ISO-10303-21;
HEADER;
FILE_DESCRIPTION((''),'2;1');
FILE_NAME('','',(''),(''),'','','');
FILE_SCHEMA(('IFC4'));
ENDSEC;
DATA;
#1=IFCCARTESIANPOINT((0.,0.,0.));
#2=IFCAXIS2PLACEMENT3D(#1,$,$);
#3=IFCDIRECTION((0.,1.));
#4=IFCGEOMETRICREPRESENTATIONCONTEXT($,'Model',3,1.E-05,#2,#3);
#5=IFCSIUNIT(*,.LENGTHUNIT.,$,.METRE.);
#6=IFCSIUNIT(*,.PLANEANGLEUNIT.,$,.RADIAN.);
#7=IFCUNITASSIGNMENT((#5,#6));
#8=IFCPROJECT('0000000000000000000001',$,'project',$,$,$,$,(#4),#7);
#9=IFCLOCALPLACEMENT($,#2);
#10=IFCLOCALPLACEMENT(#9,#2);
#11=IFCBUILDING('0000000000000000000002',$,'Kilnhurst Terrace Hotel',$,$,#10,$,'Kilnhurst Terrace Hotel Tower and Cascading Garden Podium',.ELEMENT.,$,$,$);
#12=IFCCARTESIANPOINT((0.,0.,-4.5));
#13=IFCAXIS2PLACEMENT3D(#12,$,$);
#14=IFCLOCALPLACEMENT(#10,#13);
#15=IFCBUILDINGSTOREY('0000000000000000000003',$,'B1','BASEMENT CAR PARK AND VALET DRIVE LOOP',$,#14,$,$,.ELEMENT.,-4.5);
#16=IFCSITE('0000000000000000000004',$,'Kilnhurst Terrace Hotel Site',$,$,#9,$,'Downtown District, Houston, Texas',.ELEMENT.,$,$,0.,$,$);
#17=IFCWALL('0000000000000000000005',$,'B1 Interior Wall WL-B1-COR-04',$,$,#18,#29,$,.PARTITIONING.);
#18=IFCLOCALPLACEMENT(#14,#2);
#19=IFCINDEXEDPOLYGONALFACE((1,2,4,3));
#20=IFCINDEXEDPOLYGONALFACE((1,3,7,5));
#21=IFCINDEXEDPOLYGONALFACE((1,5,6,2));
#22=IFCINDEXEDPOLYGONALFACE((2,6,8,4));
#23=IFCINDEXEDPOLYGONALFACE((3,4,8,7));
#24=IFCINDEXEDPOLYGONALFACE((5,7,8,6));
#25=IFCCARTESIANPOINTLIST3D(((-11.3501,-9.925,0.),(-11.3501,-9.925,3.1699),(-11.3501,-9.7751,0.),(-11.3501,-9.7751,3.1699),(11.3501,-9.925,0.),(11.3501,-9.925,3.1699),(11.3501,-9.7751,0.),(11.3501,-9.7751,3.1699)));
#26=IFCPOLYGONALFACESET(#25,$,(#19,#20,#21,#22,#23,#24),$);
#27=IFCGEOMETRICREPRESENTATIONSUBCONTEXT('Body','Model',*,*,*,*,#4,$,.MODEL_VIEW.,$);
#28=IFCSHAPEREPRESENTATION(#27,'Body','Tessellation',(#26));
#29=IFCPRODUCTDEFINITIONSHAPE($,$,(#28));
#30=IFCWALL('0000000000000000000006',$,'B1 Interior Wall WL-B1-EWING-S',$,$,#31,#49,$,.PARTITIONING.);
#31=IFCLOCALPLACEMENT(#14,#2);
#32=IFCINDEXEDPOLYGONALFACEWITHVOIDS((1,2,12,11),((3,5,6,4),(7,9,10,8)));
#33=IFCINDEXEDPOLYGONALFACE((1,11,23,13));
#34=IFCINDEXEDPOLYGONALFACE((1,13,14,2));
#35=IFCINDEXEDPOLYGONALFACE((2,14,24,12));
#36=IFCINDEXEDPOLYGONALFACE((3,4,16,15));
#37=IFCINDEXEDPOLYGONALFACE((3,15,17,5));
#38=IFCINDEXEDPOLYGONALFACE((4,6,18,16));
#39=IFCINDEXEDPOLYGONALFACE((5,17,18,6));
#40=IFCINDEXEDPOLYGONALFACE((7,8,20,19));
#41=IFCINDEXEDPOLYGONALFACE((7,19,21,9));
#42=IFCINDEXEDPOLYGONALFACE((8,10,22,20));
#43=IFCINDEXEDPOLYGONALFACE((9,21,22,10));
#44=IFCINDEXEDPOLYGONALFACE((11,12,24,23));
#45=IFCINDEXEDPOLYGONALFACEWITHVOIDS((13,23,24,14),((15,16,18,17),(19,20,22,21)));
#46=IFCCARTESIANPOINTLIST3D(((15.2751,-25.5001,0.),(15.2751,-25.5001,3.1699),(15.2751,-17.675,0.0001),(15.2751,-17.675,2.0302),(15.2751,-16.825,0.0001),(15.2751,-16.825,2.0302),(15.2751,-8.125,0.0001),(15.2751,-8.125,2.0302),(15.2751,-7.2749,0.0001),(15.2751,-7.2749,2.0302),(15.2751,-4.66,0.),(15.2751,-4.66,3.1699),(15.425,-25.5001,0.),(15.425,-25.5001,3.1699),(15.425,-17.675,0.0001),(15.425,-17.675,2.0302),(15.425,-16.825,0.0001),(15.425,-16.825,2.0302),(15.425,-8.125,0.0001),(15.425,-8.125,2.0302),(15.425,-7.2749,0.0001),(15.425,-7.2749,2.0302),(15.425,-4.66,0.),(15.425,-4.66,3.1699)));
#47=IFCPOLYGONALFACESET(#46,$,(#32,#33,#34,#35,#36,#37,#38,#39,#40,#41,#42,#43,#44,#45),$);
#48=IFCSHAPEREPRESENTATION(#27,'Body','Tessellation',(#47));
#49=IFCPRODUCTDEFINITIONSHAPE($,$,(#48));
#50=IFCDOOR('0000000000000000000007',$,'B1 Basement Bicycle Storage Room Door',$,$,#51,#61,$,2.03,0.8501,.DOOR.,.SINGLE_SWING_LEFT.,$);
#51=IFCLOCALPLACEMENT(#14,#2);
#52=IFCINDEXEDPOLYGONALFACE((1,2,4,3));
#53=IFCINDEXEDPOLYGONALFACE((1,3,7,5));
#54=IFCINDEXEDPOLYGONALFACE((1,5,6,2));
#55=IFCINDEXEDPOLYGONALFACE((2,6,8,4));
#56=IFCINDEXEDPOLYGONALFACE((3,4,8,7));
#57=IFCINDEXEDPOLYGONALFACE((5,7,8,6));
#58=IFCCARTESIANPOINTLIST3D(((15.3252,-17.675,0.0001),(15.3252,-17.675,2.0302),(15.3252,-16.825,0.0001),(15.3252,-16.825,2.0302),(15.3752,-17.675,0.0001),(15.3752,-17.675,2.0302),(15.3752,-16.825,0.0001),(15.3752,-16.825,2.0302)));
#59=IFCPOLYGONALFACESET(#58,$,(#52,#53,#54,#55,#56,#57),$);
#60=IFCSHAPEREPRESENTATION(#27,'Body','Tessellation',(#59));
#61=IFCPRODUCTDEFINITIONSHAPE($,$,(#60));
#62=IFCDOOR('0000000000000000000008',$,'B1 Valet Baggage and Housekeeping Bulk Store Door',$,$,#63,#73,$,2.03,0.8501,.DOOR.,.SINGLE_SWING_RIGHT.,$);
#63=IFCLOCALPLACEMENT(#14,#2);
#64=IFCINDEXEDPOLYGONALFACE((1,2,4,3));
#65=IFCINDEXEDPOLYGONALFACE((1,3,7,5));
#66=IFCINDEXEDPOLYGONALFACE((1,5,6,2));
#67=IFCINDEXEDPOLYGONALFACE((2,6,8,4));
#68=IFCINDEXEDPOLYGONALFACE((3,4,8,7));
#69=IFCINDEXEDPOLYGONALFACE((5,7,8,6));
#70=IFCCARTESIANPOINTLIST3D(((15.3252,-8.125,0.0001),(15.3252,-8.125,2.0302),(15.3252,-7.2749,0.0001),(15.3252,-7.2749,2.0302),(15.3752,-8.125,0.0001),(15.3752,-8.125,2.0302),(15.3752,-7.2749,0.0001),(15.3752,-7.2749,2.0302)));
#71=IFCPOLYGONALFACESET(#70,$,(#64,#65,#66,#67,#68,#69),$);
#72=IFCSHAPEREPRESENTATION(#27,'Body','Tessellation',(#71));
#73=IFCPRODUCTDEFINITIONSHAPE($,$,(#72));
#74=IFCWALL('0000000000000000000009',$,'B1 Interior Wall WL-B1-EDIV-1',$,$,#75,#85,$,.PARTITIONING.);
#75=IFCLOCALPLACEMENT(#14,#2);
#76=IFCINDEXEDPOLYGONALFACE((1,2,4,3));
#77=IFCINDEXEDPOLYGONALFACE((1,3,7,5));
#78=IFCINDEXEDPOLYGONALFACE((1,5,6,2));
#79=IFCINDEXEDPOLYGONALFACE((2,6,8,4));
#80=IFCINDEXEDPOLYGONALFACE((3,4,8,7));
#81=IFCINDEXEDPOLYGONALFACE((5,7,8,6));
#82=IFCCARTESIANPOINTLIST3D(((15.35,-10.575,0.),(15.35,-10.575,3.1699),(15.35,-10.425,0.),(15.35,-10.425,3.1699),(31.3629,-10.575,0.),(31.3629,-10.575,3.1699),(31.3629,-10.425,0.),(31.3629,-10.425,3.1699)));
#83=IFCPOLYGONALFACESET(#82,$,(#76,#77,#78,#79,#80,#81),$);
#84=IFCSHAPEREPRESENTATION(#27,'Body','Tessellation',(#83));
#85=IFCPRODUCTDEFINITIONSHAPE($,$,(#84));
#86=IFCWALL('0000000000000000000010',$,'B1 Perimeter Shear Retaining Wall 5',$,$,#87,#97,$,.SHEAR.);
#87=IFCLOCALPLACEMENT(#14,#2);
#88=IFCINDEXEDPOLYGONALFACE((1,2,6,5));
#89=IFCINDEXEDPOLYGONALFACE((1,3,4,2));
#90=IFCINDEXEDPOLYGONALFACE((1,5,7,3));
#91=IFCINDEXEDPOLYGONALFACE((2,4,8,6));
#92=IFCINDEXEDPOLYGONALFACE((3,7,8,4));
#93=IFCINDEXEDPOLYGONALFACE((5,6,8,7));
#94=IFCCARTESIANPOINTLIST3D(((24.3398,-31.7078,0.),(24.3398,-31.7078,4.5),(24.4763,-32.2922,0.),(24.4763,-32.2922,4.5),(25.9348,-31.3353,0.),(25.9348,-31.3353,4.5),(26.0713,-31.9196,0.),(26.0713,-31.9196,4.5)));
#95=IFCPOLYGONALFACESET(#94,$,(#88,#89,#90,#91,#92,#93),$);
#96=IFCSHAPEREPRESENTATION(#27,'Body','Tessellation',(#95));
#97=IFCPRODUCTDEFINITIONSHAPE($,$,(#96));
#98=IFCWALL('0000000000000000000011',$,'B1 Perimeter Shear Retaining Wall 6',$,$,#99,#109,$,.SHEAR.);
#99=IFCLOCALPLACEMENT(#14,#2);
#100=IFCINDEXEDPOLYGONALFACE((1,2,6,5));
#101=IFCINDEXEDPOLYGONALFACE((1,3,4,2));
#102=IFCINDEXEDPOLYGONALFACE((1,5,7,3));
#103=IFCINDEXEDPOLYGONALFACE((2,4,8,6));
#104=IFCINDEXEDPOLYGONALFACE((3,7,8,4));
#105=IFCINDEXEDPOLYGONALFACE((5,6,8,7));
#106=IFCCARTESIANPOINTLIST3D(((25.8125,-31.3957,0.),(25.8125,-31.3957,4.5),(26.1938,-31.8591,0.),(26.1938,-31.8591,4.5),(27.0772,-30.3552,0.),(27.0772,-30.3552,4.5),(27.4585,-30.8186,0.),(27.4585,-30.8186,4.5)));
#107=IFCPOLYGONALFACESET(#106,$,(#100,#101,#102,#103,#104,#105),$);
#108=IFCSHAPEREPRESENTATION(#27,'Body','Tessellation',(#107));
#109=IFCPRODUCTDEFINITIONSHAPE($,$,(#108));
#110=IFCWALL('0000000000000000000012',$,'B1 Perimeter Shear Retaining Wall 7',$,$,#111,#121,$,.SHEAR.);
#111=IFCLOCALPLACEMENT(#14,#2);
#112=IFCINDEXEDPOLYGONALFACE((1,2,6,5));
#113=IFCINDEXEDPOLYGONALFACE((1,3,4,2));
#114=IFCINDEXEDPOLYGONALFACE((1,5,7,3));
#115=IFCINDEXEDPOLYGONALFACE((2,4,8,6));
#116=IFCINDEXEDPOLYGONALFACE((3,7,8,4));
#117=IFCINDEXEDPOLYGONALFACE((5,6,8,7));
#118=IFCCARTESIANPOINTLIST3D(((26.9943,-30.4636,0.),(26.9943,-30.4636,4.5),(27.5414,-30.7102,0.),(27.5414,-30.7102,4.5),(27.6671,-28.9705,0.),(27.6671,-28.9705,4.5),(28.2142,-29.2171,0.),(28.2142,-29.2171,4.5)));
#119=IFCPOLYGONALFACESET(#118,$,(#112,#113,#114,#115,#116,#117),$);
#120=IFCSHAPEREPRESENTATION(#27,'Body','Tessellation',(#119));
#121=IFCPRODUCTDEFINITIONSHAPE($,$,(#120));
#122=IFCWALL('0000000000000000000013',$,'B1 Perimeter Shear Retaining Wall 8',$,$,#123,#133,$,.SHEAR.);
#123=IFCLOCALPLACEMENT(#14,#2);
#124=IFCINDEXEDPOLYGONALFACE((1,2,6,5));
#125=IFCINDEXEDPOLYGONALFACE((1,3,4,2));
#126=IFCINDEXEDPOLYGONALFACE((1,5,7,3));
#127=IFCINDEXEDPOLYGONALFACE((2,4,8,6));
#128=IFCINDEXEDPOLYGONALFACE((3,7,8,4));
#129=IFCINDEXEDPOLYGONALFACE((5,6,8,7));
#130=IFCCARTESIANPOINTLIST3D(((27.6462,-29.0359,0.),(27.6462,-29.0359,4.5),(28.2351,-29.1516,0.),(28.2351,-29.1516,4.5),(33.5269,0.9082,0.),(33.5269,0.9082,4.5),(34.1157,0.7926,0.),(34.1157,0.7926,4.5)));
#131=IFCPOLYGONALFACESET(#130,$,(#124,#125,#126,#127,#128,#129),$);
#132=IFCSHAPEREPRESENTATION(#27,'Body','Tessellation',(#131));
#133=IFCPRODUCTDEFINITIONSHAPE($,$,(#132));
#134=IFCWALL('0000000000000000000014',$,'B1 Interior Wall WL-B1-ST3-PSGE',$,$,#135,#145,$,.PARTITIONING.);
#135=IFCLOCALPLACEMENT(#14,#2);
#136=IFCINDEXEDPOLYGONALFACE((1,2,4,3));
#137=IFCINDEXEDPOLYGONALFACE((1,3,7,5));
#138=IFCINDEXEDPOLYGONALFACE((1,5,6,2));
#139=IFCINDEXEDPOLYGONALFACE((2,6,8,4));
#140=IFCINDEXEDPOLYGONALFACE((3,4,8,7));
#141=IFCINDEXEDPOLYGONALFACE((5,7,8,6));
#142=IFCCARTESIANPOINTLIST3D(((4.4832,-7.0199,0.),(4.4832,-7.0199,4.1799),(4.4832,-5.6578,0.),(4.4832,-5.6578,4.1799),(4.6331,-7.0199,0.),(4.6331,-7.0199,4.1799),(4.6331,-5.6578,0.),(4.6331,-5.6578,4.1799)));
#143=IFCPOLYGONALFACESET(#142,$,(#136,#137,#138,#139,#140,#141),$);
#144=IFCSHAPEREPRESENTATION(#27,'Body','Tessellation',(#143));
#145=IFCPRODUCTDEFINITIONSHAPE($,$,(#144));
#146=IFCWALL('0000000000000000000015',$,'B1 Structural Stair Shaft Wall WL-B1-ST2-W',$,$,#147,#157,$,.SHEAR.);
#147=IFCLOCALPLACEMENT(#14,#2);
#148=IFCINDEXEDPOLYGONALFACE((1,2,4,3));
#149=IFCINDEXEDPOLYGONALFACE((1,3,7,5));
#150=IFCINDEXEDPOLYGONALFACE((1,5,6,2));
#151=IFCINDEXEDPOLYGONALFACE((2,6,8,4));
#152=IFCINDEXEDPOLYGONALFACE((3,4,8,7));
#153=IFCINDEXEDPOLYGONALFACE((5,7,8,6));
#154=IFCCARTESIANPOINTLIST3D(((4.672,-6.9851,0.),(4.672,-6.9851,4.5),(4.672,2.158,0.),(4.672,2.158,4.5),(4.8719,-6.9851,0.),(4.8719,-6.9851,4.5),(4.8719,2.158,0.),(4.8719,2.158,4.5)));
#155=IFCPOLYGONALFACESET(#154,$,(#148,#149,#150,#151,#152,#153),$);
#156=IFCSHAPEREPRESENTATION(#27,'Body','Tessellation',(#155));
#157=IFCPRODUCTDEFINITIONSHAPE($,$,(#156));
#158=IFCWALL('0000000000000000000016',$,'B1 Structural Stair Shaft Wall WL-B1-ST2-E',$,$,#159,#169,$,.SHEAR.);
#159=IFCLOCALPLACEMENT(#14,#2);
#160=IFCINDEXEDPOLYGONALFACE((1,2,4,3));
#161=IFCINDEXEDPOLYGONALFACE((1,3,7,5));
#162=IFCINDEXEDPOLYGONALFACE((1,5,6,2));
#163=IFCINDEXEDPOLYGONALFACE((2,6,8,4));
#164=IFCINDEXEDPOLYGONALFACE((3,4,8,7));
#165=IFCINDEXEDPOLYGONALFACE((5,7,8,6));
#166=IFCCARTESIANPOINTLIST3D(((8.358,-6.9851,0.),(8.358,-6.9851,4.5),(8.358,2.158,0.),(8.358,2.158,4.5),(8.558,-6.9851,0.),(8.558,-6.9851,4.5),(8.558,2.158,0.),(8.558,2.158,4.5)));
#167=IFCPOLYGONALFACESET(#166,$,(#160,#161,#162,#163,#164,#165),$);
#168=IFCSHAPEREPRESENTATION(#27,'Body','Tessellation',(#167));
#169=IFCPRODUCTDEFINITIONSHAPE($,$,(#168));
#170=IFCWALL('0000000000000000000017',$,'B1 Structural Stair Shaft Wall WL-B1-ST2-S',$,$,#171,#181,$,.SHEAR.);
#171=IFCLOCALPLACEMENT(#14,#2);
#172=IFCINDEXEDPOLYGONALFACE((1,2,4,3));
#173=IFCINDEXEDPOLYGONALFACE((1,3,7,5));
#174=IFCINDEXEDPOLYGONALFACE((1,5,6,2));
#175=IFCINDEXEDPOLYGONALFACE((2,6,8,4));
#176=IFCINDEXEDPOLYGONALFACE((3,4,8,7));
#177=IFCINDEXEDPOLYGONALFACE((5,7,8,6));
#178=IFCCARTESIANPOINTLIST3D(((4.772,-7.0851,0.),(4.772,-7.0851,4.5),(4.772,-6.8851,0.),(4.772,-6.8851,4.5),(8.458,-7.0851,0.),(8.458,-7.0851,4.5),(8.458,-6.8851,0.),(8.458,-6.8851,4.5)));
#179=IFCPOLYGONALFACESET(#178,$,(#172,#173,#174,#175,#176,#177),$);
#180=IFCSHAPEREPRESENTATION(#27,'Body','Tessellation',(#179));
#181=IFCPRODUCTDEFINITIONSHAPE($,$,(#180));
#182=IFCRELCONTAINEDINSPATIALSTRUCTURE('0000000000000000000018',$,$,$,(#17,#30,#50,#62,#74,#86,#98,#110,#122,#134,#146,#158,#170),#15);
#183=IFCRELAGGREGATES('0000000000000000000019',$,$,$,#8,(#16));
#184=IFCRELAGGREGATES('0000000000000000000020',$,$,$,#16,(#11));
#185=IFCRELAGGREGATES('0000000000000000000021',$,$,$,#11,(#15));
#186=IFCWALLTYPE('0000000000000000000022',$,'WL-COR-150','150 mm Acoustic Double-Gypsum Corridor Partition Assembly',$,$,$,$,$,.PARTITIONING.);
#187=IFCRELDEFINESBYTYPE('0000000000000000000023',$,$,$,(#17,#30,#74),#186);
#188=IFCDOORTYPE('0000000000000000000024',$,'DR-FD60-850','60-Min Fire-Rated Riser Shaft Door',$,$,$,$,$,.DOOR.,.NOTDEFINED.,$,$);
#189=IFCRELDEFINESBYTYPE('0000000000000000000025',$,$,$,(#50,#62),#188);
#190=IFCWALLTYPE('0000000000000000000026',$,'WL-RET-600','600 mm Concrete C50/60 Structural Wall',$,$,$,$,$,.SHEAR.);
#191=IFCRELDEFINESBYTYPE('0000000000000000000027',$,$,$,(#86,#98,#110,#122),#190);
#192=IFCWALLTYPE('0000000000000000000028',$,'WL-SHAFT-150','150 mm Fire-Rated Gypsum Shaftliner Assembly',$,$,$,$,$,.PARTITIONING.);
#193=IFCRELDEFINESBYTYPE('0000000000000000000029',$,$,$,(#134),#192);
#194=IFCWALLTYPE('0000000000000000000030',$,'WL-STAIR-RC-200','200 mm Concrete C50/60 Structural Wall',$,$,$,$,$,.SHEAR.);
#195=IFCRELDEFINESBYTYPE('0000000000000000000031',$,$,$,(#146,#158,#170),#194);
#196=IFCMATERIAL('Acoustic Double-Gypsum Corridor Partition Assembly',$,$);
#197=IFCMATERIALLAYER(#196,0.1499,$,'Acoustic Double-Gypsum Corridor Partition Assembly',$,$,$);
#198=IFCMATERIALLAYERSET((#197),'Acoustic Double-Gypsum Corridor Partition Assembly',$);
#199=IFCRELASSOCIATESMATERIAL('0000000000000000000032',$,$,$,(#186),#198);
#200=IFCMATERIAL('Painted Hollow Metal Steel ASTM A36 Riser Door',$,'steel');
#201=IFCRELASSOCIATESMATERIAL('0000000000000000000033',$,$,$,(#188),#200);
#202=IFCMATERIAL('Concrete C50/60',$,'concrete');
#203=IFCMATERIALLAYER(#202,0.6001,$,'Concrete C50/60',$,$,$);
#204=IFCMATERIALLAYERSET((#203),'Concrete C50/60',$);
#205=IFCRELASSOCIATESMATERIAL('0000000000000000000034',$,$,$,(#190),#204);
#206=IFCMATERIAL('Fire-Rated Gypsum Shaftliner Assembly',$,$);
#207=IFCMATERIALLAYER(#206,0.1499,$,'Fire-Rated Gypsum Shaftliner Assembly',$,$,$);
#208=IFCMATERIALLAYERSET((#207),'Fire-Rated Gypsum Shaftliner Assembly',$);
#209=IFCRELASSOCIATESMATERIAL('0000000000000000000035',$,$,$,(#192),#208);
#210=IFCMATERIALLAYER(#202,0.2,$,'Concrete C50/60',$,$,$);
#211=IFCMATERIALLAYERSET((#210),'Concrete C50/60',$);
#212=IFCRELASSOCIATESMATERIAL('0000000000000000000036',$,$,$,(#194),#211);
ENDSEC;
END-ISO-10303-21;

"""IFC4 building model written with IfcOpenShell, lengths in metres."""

from ifc_helpers import new_model, si_unit, direction, frame, frame_2d, origin, place, context, subcontext, project, spatial, rectangle, extrude, material, layer, layer_set, type_object, element, fill, save


model = new_model("IFC4")

# Units and contexts
model_context = context("Model", 3, precision=1e-05, world=origin(), true_north=direction((0.0, 1.0)))
body_context = subcontext(model_context, "Body", "Model", "MODEL_VIEW")
ifc_project = project(units=[si_unit("LENGTHUNIT", "METRE"), si_unit("PLANEANGLEUNIT", "RADIAN")], contexts=[model_context])

# Site, building, storey
site_placement = place(None, origin())
site = spatial("IfcSite", under=ifc_project, at=site_placement, Name="Kilnhurst Terrace Hotel Site", LongName="Downtown District, Houston, Texas", CompositionType="ELEMENT", RefElevation=0.0)
building_placement = place(site_placement, origin())
building = spatial("IfcBuilding", under=site, at=building_placement, Name="Kilnhurst Terrace Hotel", LongName="Kilnhurst Terrace Hotel Tower and Cascading Garden Podium", CompositionType="ELEMENT")
storey_placement = place(building_placement, frame((0.0, 0.0, -4.5)))
storey = spatial("IfcBuildingStorey", under=building, at=storey_placement, Name="B1", Description="BASEMENT CAR PARK AND VALET DRIVE LOOP", CompositionType="ELEMENT", Elevation=-4.5)

# Shared definitions
ifc_material_1 = material(Name="Concrete C50/60", Category="concrete")

# Wall
ifc_material_2 = material(Name="Acoustic Double-Gypsum Corridor Partition Assembly")
ifc_layer_1 = layer(ifc_material_2, 0.1499, Name="Acoustic Double-Gypsum Corridor Partition Assembly")
ifc_layer_set_1 = layer_set([ifc_layer_1], Name="Acoustic Double-Gypsum Corridor Partition Assembly")
wall_type_1 = type_object("IfcWallType", Name="WL-COR-150", Description="150 mm Acoustic Double-Gypsum Corridor Partition Assembly", PredefinedType="PARTITIONING", material=ifc_layer_set_1)
wall_1_placement = place(storey_placement, frame((11.3501, -9.8501, 0.0), z_axis=(0.0, 0.0, 1.0), x_axis=(-1.0, 0.0, 0.0)))
element("IfcWall", 1, at=wall_1_placement, inside=storey, type_object=wall_type_1, Name="B1 Interior Wall WL-B1-COR-04", PredefinedType="PARTITIONING", context=body_context, shape_type="SweptSolid", body=[
    extrude(rectangle(XDim=22.7002, YDim=0.1499, at=frame_2d((11.3501, 0.0))), origin(), (0.0, 0.0, 1.0), 3.1699),
])

# Wall, openings, doors
wall_2_placement = place(storey_placement, frame((15.3501, -25.5, 0.0), z_axis=(0.0, 0.0, 1.0), x_axis=(0.0, 1.0, 0.0)))
wall_2 = element("IfcWall", 2, at=wall_2_placement, inside=storey, type_object=wall_type_1, Name="B1 Interior Wall WL-B1-EWING-S", PredefinedType="PARTITIONING", context=body_context, shape_type="SweptSolid", body=[
    extrude(rectangle(XDim=20.8401, YDim=0.1499, at=frame_2d((10.4199, 0.0))), origin(), (0.0, 0.0, 1.0), 3.1699),
])
opening_1_placement = place(wall_2_placement, frame((7.825, 0.0, 0.0)))
opening_1 = element("IfcOpeningElement", 3, at=opening_1_placement, cuts=wall_2, PredefinedType="OPENING", context=body_context, shape_type="SweptSolid", body=[
    extrude(rectangle(XDim=0.8501, YDim=2.03, at=frame_2d((0.425, 1.0151))), frame((0.0, 0.085, 0.0), z_axis=(0.0, -1.0, 0.0), x_axis=(1.0, 0.0, 0.0)), (0.0, 0.0, 1.0), 0.1699),
])
opening_2_placement = place(wall_2_placement, frame((17.375, 0.0, 0.0)))
opening_2 = element("IfcOpeningElement", 4, at=opening_2_placement, cuts=wall_2, PredefinedType="OPENING", context=body_context, shape_type="SweptSolid", body=[
    extrude(rectangle(XDim=0.8501, YDim=2.03, at=frame_2d((0.425, 1.0151))), frame((0.0, 0.085, 0.0), z_axis=(0.0, -1.0, 0.0), x_axis=(1.0, 0.0, 0.0)), (0.0, 0.0, 1.0), 0.1699),
])
ifc_material_3 = material(Name="Painted Hollow Metal Steel ASTM A36 Riser Door", Category="steel")
door_type_1 = type_object("IfcDoorType", Name="DR-FD60-850", Description="60-Min Fire-Rated Riser Shaft Door", OperationType="NOTDEFINED", PredefinedType="DOOR", material=ifc_material_3)
door_1_placement = place(opening_1_placement, origin())
door_1 = element("IfcDoor", 5, at=door_1_placement, inside=storey, type_object=door_type_1, Name="B1 Basement Bicycle Storage Room Door", OperationType="SINGLE_SWING_LEFT", OverallHeight=2.03, OverallWidth=0.8501, PredefinedType="DOOR", context=body_context, shape_type="SweptSolid", body=[
    extrude(rectangle(XDim=0.8501, YDim=2.03, at=frame_2d((0.425, 1.0151))), frame((0.0, 0.0249, 0.0), z_axis=(0.0, -1.0, 0.0), x_axis=(1.0, 0.0, 0.0)), (0.0, 0.0, 1.0), 0.05),
])
fill(opening_1, door_1)
door_2_placement = place(opening_2_placement, origin())
door_2 = element("IfcDoor", 6, at=door_2_placement, inside=storey, type_object=door_type_1, Name="B1 Valet Baggage and Housekeeping Bulk Store Door", OperationType="SINGLE_SWING_RIGHT", OverallHeight=2.03, OverallWidth=0.8501, PredefinedType="DOOR", context=body_context, shape_type="SweptSolid", body=[
    extrude(rectangle(XDim=0.8501, YDim=2.03, at=frame_2d((0.425, 1.0151))), frame((0.0, 0.0249, 0.0), z_axis=(0.0, -1.0, 0.0), x_axis=(1.0, 0.0, 0.0)), (0.0, 0.0, 1.0), 0.05),
])
fill(opening_2, door_2)

# Wall
wall_3_placement = place(storey_placement, frame((15.3501, -10.5, 0.0), z_axis=(0.0, 0.0, 1.0), x_axis=(1.0, 0.0, 0.0)))
element("IfcWall", 7, at=wall_3_placement, inside=storey, type_object=wall_type_1, Name="B1 Interior Wall WL-B1-EDIV-1", PredefinedType="PARTITIONING", context=body_context, shape_type="SweptSolid", body=[
    extrude(rectangle(XDim=16.0129, YDim=0.1499, at=frame_2d((8.0063, 0.0))), origin(), (0.0, 0.0, 1.0), 3.1699),
])

# Walls
ifc_layer_2 = layer(ifc_material_1, 0.6001, Name="Concrete C50/60")
ifc_layer_set_2 = layer_set([ifc_layer_2], Name="Concrete C50/60")
wall_type_2 = type_object("IfcWallType", Name="WL-RET-600", Description="600 mm Concrete C50/60 Structural Wall", PredefinedType="SHEAR", material=ifc_layer_set_2)
wall_4_placement = place(storey_placement, frame((24.4082, -32.0, 0.0), z_axis=(0.0, 0.0, 1.0), x_axis=(0.973787, 0.22746, 0.0)))
element("IfcWall", 8, at=wall_4_placement, inside=storey, type_object=wall_type_2, Name="B1 Perimeter Shear Retaining Wall 5", PredefinedType="SHEAR", context=body_context, shape_type="SweptSolid", body=[
    extrude(rectangle(XDim=1.6379, YDim=0.6001, at=frame_2d((0.8188, 0.0))), origin(), (0.0, 0.0, 1.0), 4.5),
])
for number, where, z_axis, x_axis, name in (
    (9, (26.0032, -31.6274, 0.0), (0.0, 0.0, 1.0), (0.772214, 0.635362, 0.0), "B1 Perimeter Shear Retaining Wall 6"),
    (10, (27.2678, -30.5869, 0.0), (0.0, 0.0, 1.0), (0.410836, 0.911709, 0.0), "B1 Perimeter Shear Retaining Wall 7"),
):
    element("IfcWall", number, at=place(storey_placement, frame(where, z_axis=z_axis, x_axis=x_axis)), inside=storey, type_object=wall_type_2, Name=name, PredefinedType="SHEAR", context=body_context, shape_type="SweptSolid", body=[
        extrude(rectangle(XDim=1.6377, YDim=0.6001, at=frame_2d((0.8188, 0.0))), origin(), (0.0, 0.0, 1.0), 4.5),
    ])
wall_5_placement = place(storey_placement, frame((27.9407, -29.0938, 0.0), z_axis=(0.0, 0.0, 1.0), x_axis=(0.192706, 0.981257, 0.0)))
element("IfcWall", 11, at=wall_5_placement, inside=storey, type_object=wall_type_2, Name="B1 Perimeter Shear Retaining Wall 8", PredefinedType="SHEAR", context=body_context, shape_type="SweptSolid", body=[
    extrude(rectangle(XDim=30.5161, YDim=0.6001, at=frame_2d((15.2581, 0.0))), origin(), (0.0, 0.0, 1.0), 4.5),
])
ifc_material_4 = material(Name="Fire-Rated Gypsum Shaftliner Assembly")
ifc_layer_3 = layer(ifc_material_4, 0.1499, Name="Fire-Rated Gypsum Shaftliner Assembly")
ifc_layer_set_3 = layer_set([ifc_layer_3], Name="Fire-Rated Gypsum Shaftliner Assembly")
wall_type_3 = type_object("IfcWallType", Name="WL-SHAFT-150", Description="150 mm Fire-Rated Gypsum Shaftliner Assembly", PredefinedType="PARTITIONING", material=ifc_layer_set_3)
wall_6_placement = place(storey_placement, frame((4.5581, -7.02, 0.0), z_axis=(0.0, 0.0, 1.0), x_axis=(0.0, 1.0, 0.0)))
element("IfcWall", 12, at=wall_6_placement, inside=storey, type_object=wall_type_3, Name="B1 Interior Wall WL-B1-ST3-PSGE", PredefinedType="PARTITIONING", context=body_context, shape_type="SweptSolid", body=[
    extrude(rectangle(XDim=1.3621, YDim=0.1499, at=frame_2d((0.6812, 0.0))), origin(), (0.0, 0.0, 1.0), 4.1799),
])
ifc_layer_4 = layer(ifc_material_1, 0.2, Name="Concrete C50/60")
ifc_layer_set_4 = layer_set([ifc_layer_4], Name="Concrete C50/60")
wall_type_4 = type_object("IfcWallType", Name="WL-STAIR-RC-200", Description="200 mm Concrete C50/60 Structural Wall", PredefinedType="SHEAR", material=ifc_layer_set_4)
for number, where, z_axis, x_axis, name in (
    (13, (4.772, -6.9851, 0.0), (0.0, 0.0, 1.0), (0.0, 1.0, 0.0), "B1 Structural Stair Shaft Wall WL-B1-ST2-W"),
    (14, (8.458, -6.9851, 0.0), (0.0, 0.0, 1.0), (0.0, 1.0, 0.0), "B1 Structural Stair Shaft Wall WL-B1-ST2-E"),
):
    element("IfcWall", number, at=place(storey_placement, frame(where, z_axis=z_axis, x_axis=x_axis)), inside=storey, type_object=wall_type_4, Name=name, PredefinedType="SHEAR", context=body_context, shape_type="SweptSolid", body=[
        extrude(rectangle(XDim=9.1431, YDim=0.2, at=frame_2d((4.5715, 0.0))), origin(), (0.0, 0.0, 1.0), 4.5),
    ])
wall_7_placement = place(storey_placement, frame((4.772, -6.9851, 0.0), z_axis=(0.0, 0.0, 1.0), x_axis=(1.0, 0.0, 0.0)))
element("IfcWall", 15, at=wall_7_placement, inside=storey, type_object=wall_type_4, Name="B1 Structural Stair Shaft Wall WL-B1-ST2-S", PredefinedType="SHEAR", context=body_context, shape_type="SweptSolid", body=[
    extrude(rectangle(XDim=3.686, YDim=0.2, at=frame_2d((1.843, 0.0))), origin(), (0.0, 0.0, 1.0), 4.5),
])

save(model, "model.ifc")
